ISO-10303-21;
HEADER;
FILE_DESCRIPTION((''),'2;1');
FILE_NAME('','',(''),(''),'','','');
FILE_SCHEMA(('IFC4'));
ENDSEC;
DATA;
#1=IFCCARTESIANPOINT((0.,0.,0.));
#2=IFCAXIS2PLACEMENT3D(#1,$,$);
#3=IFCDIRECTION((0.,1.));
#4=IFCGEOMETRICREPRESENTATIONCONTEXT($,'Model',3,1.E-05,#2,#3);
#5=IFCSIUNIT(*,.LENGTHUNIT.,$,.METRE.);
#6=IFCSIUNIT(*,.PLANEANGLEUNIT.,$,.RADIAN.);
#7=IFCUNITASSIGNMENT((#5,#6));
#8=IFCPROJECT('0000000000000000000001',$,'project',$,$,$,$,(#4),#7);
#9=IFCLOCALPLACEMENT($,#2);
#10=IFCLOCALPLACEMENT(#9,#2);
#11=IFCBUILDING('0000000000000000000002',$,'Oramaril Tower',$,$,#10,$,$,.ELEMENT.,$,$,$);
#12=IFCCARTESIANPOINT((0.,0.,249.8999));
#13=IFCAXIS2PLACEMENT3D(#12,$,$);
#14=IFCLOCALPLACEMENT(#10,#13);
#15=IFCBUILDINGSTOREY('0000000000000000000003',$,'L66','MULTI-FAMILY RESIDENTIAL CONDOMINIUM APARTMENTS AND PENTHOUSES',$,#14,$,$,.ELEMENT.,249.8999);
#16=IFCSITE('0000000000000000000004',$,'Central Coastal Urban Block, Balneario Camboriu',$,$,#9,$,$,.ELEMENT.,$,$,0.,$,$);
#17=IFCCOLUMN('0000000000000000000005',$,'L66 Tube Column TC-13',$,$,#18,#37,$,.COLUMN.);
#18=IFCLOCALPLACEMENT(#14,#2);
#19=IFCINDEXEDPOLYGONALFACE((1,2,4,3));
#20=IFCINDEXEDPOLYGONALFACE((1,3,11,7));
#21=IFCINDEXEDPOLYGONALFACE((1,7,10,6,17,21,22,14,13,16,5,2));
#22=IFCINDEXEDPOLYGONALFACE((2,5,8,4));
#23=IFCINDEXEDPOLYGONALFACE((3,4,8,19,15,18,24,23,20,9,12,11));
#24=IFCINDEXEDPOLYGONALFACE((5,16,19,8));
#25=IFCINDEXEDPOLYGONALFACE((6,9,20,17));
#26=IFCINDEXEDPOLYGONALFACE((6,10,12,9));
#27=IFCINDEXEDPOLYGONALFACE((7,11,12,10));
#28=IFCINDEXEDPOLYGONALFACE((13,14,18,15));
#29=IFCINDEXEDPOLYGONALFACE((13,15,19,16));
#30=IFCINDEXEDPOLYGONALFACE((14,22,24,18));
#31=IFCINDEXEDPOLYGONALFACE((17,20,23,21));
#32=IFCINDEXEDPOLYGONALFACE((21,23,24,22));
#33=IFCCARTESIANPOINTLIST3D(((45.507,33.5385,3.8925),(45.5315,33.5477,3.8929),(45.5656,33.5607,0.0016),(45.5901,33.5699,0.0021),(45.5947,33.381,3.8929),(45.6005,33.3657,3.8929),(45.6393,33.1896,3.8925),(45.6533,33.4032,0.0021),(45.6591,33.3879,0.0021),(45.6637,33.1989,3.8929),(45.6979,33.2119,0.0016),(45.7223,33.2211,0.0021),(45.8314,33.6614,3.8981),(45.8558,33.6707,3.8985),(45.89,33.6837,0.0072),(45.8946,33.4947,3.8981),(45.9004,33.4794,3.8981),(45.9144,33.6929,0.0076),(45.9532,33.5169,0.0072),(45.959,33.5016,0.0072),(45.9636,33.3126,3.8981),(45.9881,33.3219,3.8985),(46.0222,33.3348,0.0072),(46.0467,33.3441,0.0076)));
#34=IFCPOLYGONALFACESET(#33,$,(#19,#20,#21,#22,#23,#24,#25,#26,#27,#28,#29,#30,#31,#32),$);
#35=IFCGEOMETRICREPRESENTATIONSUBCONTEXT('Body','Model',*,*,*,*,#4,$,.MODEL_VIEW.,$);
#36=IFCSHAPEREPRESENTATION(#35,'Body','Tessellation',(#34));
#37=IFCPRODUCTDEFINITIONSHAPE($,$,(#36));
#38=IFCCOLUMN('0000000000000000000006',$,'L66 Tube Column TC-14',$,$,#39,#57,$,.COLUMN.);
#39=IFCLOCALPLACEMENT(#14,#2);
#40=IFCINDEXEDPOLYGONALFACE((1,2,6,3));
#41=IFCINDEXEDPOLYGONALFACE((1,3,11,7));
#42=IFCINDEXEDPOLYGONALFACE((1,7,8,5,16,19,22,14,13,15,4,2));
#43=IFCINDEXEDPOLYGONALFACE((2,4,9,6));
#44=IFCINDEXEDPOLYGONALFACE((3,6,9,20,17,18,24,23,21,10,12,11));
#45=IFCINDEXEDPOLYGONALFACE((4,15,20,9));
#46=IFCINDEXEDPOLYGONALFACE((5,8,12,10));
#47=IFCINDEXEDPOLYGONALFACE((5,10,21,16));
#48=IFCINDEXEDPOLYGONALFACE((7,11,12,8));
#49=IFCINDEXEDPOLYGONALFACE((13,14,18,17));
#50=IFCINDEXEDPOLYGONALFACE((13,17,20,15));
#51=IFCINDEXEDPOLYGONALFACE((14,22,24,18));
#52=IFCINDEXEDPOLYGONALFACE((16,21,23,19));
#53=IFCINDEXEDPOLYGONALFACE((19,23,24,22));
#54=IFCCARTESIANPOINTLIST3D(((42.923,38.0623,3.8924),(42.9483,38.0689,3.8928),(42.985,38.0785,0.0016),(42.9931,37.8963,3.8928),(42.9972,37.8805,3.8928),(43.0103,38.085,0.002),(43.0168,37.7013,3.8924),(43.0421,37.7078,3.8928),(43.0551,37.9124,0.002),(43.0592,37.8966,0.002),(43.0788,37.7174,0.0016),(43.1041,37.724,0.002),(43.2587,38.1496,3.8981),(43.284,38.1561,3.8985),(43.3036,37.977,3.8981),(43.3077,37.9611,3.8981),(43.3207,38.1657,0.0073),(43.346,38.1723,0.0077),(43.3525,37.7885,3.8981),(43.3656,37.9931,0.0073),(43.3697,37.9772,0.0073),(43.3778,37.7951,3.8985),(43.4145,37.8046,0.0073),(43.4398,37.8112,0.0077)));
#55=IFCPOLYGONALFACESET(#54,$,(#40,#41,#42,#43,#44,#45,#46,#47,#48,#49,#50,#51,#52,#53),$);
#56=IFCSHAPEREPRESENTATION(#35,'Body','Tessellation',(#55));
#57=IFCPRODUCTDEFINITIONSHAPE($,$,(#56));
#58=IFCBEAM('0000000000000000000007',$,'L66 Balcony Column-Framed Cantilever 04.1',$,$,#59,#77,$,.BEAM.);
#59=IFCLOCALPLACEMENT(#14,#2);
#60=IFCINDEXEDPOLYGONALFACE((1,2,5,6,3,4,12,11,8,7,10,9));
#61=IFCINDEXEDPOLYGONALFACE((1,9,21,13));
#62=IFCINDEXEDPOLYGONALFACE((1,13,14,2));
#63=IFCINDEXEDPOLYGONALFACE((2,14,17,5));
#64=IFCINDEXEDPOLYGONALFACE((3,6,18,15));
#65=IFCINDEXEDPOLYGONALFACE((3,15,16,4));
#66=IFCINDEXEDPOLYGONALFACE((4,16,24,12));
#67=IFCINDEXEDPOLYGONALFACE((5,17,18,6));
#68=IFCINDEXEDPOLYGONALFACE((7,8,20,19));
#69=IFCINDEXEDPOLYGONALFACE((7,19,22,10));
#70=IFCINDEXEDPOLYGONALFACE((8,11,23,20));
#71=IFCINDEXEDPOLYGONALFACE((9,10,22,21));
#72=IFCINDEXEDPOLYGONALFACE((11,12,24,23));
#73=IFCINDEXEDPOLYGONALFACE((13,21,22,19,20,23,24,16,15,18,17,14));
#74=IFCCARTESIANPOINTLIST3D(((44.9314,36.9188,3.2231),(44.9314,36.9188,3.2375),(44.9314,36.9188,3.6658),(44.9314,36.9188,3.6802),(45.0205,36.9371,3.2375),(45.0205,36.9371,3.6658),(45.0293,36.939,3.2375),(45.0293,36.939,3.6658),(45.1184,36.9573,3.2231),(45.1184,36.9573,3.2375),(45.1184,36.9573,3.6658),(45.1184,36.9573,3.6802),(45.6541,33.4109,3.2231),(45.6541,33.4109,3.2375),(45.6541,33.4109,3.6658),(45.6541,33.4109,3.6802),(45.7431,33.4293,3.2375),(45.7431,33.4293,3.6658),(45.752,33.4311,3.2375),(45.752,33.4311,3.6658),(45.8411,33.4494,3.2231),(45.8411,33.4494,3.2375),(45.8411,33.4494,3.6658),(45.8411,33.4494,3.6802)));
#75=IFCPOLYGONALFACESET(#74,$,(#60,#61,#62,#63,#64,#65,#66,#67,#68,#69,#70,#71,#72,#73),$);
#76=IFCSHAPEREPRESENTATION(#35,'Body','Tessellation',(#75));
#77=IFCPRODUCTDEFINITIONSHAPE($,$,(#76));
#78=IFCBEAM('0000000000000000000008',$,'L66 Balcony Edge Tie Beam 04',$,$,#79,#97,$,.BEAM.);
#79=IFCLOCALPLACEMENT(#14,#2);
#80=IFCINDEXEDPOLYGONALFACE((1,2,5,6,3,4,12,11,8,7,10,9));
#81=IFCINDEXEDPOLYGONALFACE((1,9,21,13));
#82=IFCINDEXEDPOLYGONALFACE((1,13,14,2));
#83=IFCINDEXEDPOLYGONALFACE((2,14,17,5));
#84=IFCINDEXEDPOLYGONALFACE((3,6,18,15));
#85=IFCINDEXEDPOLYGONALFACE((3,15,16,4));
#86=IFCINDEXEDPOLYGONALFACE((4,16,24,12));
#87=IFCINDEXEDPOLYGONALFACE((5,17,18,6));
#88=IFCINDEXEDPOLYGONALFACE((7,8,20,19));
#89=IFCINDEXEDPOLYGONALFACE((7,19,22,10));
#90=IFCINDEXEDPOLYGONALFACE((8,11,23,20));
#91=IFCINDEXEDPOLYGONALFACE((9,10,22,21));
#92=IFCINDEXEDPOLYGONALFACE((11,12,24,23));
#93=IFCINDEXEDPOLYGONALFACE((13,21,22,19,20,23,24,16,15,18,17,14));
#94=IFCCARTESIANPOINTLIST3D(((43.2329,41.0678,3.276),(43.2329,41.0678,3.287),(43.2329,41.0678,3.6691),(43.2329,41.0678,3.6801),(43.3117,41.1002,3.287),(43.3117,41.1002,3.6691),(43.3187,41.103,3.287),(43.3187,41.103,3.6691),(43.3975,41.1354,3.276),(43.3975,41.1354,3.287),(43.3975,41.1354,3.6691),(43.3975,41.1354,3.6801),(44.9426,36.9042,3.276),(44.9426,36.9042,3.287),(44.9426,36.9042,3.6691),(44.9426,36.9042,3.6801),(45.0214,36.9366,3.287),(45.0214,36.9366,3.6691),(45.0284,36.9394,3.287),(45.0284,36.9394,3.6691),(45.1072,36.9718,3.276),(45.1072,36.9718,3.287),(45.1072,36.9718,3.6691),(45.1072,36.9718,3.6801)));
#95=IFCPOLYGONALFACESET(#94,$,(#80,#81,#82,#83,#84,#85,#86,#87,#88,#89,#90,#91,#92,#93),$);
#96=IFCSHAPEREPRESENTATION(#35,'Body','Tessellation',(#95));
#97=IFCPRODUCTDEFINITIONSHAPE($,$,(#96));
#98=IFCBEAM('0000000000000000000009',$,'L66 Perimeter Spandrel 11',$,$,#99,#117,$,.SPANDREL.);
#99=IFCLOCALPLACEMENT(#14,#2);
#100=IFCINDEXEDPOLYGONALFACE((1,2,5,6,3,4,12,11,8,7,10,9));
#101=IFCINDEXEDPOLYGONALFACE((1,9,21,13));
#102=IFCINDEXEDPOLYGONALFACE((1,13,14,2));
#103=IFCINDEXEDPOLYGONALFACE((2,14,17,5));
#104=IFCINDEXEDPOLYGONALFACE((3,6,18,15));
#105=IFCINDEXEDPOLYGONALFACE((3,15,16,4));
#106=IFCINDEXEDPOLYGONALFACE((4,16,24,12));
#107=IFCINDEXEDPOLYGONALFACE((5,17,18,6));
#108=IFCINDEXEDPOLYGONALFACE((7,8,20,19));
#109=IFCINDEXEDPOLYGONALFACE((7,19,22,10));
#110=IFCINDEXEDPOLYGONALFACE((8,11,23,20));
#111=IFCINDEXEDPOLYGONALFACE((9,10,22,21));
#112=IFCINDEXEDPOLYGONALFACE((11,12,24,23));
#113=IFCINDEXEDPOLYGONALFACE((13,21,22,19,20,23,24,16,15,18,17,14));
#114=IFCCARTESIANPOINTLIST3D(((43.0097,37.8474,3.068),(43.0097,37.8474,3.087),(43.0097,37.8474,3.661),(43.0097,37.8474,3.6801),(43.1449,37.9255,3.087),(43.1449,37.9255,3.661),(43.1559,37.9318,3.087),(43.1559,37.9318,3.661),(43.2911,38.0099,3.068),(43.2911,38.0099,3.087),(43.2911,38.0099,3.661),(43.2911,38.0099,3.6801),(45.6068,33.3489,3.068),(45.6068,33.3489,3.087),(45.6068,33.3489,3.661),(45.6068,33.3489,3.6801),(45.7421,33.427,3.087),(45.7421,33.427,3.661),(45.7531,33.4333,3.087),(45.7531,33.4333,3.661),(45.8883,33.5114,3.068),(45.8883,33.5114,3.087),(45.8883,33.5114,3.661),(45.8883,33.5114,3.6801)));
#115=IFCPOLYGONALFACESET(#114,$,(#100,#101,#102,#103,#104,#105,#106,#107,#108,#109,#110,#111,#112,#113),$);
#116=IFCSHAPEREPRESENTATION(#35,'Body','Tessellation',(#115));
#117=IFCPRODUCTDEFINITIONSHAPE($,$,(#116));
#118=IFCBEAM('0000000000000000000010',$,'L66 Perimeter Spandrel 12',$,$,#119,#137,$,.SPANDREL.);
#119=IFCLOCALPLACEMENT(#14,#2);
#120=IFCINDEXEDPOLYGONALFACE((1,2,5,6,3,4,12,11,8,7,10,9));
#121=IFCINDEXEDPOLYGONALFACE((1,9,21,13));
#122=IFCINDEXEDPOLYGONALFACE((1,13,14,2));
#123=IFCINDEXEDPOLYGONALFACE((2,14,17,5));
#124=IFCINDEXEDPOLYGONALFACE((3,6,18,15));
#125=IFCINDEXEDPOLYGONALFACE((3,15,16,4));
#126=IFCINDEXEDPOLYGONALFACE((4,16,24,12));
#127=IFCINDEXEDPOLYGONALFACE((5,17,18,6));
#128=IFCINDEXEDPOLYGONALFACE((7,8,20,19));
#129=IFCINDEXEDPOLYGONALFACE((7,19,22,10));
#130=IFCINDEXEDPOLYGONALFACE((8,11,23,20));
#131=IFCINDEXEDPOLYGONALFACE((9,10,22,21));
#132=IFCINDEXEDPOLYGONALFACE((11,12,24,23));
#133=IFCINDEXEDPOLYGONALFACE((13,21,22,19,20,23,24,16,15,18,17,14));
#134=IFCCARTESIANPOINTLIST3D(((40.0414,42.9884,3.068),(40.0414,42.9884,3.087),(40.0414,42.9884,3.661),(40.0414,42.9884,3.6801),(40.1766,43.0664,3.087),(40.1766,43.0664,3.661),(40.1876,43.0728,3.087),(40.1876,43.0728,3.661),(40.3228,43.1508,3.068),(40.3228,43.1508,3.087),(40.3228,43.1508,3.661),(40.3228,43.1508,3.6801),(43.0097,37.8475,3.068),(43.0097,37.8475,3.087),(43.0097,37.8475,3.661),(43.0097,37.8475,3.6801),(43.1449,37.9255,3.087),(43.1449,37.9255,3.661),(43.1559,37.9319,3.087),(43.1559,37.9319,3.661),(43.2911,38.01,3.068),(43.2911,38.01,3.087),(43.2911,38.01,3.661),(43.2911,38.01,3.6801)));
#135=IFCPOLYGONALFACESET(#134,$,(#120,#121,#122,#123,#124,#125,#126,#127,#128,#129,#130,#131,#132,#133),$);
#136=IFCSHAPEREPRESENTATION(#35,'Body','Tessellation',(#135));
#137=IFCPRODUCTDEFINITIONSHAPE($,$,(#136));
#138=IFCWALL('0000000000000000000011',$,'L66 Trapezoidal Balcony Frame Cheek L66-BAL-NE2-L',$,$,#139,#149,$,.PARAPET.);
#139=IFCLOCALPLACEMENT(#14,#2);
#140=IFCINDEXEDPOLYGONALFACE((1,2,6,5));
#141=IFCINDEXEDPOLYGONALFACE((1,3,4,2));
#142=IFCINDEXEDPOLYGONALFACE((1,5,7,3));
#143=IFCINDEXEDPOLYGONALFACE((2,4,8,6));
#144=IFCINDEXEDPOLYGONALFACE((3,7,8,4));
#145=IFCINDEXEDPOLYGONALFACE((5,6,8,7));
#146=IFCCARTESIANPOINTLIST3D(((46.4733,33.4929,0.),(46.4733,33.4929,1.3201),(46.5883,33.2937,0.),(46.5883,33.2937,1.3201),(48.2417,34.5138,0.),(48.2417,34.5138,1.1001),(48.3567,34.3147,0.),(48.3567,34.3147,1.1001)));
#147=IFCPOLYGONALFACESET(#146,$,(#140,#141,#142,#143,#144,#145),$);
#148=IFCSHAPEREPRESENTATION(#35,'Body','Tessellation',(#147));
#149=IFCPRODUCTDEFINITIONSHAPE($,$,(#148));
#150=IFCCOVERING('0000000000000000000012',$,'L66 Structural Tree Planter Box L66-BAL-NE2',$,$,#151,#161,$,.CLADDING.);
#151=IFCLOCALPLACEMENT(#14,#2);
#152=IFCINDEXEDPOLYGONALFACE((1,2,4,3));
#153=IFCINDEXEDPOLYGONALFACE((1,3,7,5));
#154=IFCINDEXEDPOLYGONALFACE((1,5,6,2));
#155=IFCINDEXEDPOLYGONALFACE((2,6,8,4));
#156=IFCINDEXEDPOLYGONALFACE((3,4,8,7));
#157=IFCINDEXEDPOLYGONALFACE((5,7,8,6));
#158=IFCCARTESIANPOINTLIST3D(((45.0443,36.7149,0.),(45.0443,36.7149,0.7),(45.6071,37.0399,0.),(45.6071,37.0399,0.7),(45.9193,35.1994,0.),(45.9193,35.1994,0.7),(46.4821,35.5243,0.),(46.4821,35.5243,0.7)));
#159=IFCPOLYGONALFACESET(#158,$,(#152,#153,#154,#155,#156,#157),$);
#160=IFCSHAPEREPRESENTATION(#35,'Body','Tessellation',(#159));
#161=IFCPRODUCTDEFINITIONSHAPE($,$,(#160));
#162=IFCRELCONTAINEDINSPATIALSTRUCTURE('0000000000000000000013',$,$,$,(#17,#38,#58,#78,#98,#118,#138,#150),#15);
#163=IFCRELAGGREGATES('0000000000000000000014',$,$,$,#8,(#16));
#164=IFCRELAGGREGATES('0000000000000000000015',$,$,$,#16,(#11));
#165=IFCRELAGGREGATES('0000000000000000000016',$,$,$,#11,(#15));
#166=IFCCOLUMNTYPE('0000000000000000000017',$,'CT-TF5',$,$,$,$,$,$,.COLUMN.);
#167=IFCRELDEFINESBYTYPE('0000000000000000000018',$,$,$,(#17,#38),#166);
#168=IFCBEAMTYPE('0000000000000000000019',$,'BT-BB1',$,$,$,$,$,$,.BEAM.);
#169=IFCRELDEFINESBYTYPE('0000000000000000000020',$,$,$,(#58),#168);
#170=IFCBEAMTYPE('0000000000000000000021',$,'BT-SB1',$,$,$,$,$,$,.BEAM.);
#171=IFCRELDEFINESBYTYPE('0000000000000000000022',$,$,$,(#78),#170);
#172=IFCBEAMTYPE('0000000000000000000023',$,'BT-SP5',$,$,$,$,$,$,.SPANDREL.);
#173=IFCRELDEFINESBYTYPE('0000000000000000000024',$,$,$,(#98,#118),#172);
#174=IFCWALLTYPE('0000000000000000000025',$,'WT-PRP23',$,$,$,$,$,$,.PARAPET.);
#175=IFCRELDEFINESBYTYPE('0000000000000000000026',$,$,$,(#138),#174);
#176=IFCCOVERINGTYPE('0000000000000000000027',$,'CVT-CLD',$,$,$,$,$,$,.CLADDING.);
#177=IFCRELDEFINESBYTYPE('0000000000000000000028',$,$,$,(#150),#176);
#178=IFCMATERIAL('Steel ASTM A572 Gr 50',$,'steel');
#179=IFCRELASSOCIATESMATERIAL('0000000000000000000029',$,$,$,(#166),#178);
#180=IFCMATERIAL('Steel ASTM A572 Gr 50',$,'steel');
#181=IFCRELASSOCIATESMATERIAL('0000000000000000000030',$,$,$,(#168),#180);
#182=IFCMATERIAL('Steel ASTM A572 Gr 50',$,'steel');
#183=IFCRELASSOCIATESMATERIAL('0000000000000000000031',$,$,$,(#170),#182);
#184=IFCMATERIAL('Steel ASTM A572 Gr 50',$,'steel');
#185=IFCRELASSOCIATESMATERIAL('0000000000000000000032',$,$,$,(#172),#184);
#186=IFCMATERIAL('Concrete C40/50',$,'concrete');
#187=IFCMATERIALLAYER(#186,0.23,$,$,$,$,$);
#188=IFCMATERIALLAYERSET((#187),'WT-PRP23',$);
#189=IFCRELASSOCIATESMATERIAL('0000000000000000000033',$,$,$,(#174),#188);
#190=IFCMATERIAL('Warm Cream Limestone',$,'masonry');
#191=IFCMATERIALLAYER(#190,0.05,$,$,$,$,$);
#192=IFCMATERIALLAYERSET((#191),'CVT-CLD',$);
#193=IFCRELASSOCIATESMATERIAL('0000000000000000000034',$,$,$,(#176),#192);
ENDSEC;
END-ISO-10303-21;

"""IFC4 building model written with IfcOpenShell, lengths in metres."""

from ifc_helpers import new_model, si_unit, direction, frame, origin, origin_2d, place, context, subcontext, project, spatial, polyline, rectangle, i_section, outline, extrude, material, layer, layer_set, material_profile, profile_set, type_object, element, save


model = new_model("IFC4")

# Units and contexts
model_context = context("Model", 3, precision=1e-05, world=origin(), true_north=direction((0.0, 1.0)))
body_context = subcontext(model_context, "Body", "Model", "MODEL_VIEW")
ifc_project = project(units=[si_unit("LENGTHUNIT", "METRE"), si_unit("PLANEANGLEUNIT", "RADIAN")], contexts=[model_context])

# Site, building, storey
site_placement = place(None, origin())
site = spatial("IfcSite", under=ifc_project, at=site_placement, Name="Central Coastal Urban Block, Balneario Camboriu", CompositionType="ELEMENT", RefElevation=0.0)
building_placement = place(site_placement, origin())
building = spatial("IfcBuilding", under=site, at=building_placement, Name="Oramaril Tower", CompositionType="ELEMENT")
storey_placement = place(building_placement, frame((0.0, 0.0, 249.8999)))
storey = spatial("IfcBuildingStorey", under=building, at=storey_placement, Name="L66", Description="MULTI-FAMILY RESIDENTIAL CONDOMINIUM APARTMENTS AND PENTHOUSES", CompositionType="ELEMENT", Elevation=249.8999)

# Columns
ifc_material_1 = material(Name="Steel ASTM A572 Gr 50", Category="steel")
ifc_material_profile_1 = material_profile(ifc_material_1, i_section(OverallWidth=0.373, OverallDepth=0.373, WebThickness=0.0164, FlangeThickness=0.0261, at=origin_2d()), Name="W14X132")
ifc_profile_set_1 = profile_set([ifc_material_profile_1], Name="Steel ASTM A572 Gr 50")
column_type = type_object("IfcColumnType", Name="CT-TF5", PredefinedType="COLUMN", material=ifc_profile_set_1)
for number, where, z_axis, x_axis, name in (
    (1, (45.8062, 33.4524, 0.0046), (-0.015057, -0.005709, 0.99987), (0.354537, -0.935042, 0.0), "L66 Tube Column TC-13"),
    (2, (43.2124, 37.9448, 0.0046), (-0.015936, -0.004141, 0.999864), (0.251491, -0.96786, 0.0), "L66 Tube Column TC-14"),
):
    element("IfcColumn", number, at=place(storey_placement, frame(where, z_axis=z_axis, x_axis=x_axis)), inside=storey, type_object=column_type, Name=name, PredefinedType="COLUMN", context=body_context, shape_type="SweptSolid", body=[
        extrude(i_section(OverallWidth=0.373, OverallDepth=0.373, WebThickness=0.0164, FlangeThickness=0.0261, at=origin_2d()), origin(), (0.0, 0.0, 1.0), 3.8914),
    ])

# Beams
ifc_material_2 = material(Name="Steel ASTM A572 Gr 50", Category="steel")
ifc_material_profile_2 = material_profile(ifc_material_2, i_section(OverallWidth=0.1909, OverallDepth=0.457, WebThickness=0.009, FlangeThickness=0.0144, at=origin_2d()), Name="W18X50")
ifc_profile_set_2 = profile_set([ifc_material_profile_2], Name="Steel ASTM A572 Gr 50")
beam_type_1 = type_object("IfcBeamType", Name="BT-BB1", PredefinedType="BEAM", material=ifc_profile_set_2)
beam_1_placement = place(storey_placement, frame((45.7476, 33.4302, 3.4517), z_axis=(-0.201776, 0.979432, 0.0), x_axis=(-0.979432, -0.201776, 0.0)))
element("IfcBeam", 3, at=beam_1_placement, inside=storey, type_object=beam_type_1, Name="L66 Balcony Column-Framed Cantilever 04.1", PredefinedType="BEAM", context=body_context, shape_type="SweptSolid", body=[
    extrude(i_section(OverallWidth=0.1909, OverallDepth=0.457, WebThickness=0.009, FlangeThickness=0.0144, at=origin_2d()), origin(), (0.0, 0.0, 1.0), 3.5815),
])
ifc_material_3 = material(Name="Steel ASTM A572 Gr 50", Category="steel")
ifc_material_profile_3 = material_profile(ifc_material_3, i_section(OverallWidth=0.178, OverallDepth=0.4041, WebThickness=0.0076, FlangeThickness=0.011, at=origin_2d()), Name="W16X36")
ifc_profile_set_3 = profile_set([ifc_material_profile_3], Name="Steel ASTM A572 Gr 50")
beam_type_2 = type_object("IfcBeamType", Name="BT-SB1", PredefinedType="BEAM", material=ifc_profile_set_3)
beam_2_placement = place(storey_placement, frame((45.0249, 36.938, 3.478), z_axis=(-0.379858, 0.925045, 0.0), x_axis=(-0.925045, -0.379858, 0.0)))
element("IfcBeam", 4, at=beam_2_placement, inside=storey, type_object=beam_type_2, Name="L66 Balcony Edge Tie Beam 04", PredefinedType="BEAM", context=body_context, shape_type="SweptSolid", body=[
    extrude(i_section(OverallWidth=0.178, OverallDepth=0.4041, WebThickness=0.0076, FlangeThickness=0.011, at=origin_2d()), origin(), (0.0, 0.0, 1.0), 4.501),
])
ifc_material_4 = material(Name="Steel ASTM A572 Gr 50", Category="steel")
ifc_material_profile_4 = material_profile(ifc_material_4, i_section(OverallWidth=0.325, OverallDepth=0.6121, WebThickness=0.0127, FlangeThickness=0.019, at=origin_2d()), Name="W24X104")
ifc_profile_set_4 = profile_set([ifc_material_profile_4], Name="Steel ASTM A572 Gr 50")
beam_type_3 = type_object("IfcBeamType", Name="BT-SP5", PredefinedType="SPANDREL", material=ifc_profile_set_4)
beam_3_placement = place(storey_placement, frame((45.7476, 33.4302, 3.374), z_axis=(-0.499991, 0.866031, 0.0), x_axis=(-0.866031, -0.499991, 0.0)))
element("IfcBeam", 5, at=beam_3_placement, inside=storey, type_object=beam_type_3, Name="L66 Perimeter Spandrel 11", PredefinedType="SPANDREL", context=body_context, shape_type="SweptSolid", body=[
    extrude(i_section(OverallWidth=0.325, OverallDepth=0.6121, WebThickness=0.0127, FlangeThickness=0.019, at=origin_2d()), origin(), (0.0, 0.0, 1.0), 5.1943),
])
beam_4_placement = place(storey_placement, frame((43.1504, 37.9287, 3.374), z_axis=(-0.500023, 0.866012, 0.0), x_axis=(-0.866012, -0.500023, 0.0)))
element("IfcBeam", 6, at=beam_4_placement, inside=storey, type_object=beam_type_3, Name="L66 Perimeter Spandrel 12", PredefinedType="SPANDREL", context=body_context, shape_type="SweptSolid", body=[
    extrude(i_section(OverallWidth=0.325, OverallDepth=0.6121, WebThickness=0.0127, FlangeThickness=0.019, at=origin_2d()), origin(), (0.0, 0.0, 1.0), 5.9363),
])

# Wall
ifc_material_5 = material(Name="Concrete C40/50", Category="concrete")
ifc_layer_1 = layer(ifc_material_5, 0.23)
ifc_layer_set_1 = layer_set([ifc_layer_1], Name="WT-PRP23")
wall_type = type_object("IfcWallType", Name="WT-PRP23", PredefinedType="PARAPET", material=ifc_layer_set_1)
wall_placement = place(storey_placement, frame((46.5308, 33.3933, 0.0), z_axis=(0.0, 0.0, 1.0), x_axis=(0.866042, 0.499971, 0.0)))
element("IfcWall", 7, at=wall_placement, inside=storey, type_object=wall_type, Name="L66 Trapezoidal Balcony Frame Cheek L66-BAL-NE2-L", PredefinedType="PARAPET", context=body_context, shape_type="SweptSolid", body=[
    extrude(outline(polyline([(0.0, 0.0), (2.042, 0.0), (2.042, 1.1001), (0.0, 1.3201), (0.0, 0.0)])), frame((0.0, 0.115, 0.0), z_axis=(0.0, -1.0, 0.0), x_axis=(1.0, 0.0, 0.0)), (0.0, 0.0, 1.0), 0.23),
])

# Covering
ifc_material_6 = material(Name="Warm Cream Limestone", Category="masonry")
ifc_layer_2 = layer(ifc_material_6, 0.05)
ifc_layer_set_2 = layer_set([ifc_layer_2], Name="CVT-CLD")
covering_type = type_object("IfcCoveringType", Name="CVT-CLD", PredefinedType="CLADDING", material=ifc_layer_set_2)
covering_placement = place(storey_placement, frame((45.7632, 36.1196, 0.0), z_axis=(0.0, 0.0, 1.0), x_axis=(-0.499998, 0.866026, 0.0)))
element("IfcCovering", 8, at=covering_placement, inside=storey, type_object=covering_type, Name="L66 Structural Tree Planter Box L66-BAL-NE2", PredefinedType="CLADDING", context=body_context, shape_type="SweptSolid", body=[
    extrude(rectangle(XDim=1.75, YDim=0.6499, at=origin_2d()), origin(), (0.0, 0.0, 1.0), 0.7),
])

save(model, "model.ifc")
